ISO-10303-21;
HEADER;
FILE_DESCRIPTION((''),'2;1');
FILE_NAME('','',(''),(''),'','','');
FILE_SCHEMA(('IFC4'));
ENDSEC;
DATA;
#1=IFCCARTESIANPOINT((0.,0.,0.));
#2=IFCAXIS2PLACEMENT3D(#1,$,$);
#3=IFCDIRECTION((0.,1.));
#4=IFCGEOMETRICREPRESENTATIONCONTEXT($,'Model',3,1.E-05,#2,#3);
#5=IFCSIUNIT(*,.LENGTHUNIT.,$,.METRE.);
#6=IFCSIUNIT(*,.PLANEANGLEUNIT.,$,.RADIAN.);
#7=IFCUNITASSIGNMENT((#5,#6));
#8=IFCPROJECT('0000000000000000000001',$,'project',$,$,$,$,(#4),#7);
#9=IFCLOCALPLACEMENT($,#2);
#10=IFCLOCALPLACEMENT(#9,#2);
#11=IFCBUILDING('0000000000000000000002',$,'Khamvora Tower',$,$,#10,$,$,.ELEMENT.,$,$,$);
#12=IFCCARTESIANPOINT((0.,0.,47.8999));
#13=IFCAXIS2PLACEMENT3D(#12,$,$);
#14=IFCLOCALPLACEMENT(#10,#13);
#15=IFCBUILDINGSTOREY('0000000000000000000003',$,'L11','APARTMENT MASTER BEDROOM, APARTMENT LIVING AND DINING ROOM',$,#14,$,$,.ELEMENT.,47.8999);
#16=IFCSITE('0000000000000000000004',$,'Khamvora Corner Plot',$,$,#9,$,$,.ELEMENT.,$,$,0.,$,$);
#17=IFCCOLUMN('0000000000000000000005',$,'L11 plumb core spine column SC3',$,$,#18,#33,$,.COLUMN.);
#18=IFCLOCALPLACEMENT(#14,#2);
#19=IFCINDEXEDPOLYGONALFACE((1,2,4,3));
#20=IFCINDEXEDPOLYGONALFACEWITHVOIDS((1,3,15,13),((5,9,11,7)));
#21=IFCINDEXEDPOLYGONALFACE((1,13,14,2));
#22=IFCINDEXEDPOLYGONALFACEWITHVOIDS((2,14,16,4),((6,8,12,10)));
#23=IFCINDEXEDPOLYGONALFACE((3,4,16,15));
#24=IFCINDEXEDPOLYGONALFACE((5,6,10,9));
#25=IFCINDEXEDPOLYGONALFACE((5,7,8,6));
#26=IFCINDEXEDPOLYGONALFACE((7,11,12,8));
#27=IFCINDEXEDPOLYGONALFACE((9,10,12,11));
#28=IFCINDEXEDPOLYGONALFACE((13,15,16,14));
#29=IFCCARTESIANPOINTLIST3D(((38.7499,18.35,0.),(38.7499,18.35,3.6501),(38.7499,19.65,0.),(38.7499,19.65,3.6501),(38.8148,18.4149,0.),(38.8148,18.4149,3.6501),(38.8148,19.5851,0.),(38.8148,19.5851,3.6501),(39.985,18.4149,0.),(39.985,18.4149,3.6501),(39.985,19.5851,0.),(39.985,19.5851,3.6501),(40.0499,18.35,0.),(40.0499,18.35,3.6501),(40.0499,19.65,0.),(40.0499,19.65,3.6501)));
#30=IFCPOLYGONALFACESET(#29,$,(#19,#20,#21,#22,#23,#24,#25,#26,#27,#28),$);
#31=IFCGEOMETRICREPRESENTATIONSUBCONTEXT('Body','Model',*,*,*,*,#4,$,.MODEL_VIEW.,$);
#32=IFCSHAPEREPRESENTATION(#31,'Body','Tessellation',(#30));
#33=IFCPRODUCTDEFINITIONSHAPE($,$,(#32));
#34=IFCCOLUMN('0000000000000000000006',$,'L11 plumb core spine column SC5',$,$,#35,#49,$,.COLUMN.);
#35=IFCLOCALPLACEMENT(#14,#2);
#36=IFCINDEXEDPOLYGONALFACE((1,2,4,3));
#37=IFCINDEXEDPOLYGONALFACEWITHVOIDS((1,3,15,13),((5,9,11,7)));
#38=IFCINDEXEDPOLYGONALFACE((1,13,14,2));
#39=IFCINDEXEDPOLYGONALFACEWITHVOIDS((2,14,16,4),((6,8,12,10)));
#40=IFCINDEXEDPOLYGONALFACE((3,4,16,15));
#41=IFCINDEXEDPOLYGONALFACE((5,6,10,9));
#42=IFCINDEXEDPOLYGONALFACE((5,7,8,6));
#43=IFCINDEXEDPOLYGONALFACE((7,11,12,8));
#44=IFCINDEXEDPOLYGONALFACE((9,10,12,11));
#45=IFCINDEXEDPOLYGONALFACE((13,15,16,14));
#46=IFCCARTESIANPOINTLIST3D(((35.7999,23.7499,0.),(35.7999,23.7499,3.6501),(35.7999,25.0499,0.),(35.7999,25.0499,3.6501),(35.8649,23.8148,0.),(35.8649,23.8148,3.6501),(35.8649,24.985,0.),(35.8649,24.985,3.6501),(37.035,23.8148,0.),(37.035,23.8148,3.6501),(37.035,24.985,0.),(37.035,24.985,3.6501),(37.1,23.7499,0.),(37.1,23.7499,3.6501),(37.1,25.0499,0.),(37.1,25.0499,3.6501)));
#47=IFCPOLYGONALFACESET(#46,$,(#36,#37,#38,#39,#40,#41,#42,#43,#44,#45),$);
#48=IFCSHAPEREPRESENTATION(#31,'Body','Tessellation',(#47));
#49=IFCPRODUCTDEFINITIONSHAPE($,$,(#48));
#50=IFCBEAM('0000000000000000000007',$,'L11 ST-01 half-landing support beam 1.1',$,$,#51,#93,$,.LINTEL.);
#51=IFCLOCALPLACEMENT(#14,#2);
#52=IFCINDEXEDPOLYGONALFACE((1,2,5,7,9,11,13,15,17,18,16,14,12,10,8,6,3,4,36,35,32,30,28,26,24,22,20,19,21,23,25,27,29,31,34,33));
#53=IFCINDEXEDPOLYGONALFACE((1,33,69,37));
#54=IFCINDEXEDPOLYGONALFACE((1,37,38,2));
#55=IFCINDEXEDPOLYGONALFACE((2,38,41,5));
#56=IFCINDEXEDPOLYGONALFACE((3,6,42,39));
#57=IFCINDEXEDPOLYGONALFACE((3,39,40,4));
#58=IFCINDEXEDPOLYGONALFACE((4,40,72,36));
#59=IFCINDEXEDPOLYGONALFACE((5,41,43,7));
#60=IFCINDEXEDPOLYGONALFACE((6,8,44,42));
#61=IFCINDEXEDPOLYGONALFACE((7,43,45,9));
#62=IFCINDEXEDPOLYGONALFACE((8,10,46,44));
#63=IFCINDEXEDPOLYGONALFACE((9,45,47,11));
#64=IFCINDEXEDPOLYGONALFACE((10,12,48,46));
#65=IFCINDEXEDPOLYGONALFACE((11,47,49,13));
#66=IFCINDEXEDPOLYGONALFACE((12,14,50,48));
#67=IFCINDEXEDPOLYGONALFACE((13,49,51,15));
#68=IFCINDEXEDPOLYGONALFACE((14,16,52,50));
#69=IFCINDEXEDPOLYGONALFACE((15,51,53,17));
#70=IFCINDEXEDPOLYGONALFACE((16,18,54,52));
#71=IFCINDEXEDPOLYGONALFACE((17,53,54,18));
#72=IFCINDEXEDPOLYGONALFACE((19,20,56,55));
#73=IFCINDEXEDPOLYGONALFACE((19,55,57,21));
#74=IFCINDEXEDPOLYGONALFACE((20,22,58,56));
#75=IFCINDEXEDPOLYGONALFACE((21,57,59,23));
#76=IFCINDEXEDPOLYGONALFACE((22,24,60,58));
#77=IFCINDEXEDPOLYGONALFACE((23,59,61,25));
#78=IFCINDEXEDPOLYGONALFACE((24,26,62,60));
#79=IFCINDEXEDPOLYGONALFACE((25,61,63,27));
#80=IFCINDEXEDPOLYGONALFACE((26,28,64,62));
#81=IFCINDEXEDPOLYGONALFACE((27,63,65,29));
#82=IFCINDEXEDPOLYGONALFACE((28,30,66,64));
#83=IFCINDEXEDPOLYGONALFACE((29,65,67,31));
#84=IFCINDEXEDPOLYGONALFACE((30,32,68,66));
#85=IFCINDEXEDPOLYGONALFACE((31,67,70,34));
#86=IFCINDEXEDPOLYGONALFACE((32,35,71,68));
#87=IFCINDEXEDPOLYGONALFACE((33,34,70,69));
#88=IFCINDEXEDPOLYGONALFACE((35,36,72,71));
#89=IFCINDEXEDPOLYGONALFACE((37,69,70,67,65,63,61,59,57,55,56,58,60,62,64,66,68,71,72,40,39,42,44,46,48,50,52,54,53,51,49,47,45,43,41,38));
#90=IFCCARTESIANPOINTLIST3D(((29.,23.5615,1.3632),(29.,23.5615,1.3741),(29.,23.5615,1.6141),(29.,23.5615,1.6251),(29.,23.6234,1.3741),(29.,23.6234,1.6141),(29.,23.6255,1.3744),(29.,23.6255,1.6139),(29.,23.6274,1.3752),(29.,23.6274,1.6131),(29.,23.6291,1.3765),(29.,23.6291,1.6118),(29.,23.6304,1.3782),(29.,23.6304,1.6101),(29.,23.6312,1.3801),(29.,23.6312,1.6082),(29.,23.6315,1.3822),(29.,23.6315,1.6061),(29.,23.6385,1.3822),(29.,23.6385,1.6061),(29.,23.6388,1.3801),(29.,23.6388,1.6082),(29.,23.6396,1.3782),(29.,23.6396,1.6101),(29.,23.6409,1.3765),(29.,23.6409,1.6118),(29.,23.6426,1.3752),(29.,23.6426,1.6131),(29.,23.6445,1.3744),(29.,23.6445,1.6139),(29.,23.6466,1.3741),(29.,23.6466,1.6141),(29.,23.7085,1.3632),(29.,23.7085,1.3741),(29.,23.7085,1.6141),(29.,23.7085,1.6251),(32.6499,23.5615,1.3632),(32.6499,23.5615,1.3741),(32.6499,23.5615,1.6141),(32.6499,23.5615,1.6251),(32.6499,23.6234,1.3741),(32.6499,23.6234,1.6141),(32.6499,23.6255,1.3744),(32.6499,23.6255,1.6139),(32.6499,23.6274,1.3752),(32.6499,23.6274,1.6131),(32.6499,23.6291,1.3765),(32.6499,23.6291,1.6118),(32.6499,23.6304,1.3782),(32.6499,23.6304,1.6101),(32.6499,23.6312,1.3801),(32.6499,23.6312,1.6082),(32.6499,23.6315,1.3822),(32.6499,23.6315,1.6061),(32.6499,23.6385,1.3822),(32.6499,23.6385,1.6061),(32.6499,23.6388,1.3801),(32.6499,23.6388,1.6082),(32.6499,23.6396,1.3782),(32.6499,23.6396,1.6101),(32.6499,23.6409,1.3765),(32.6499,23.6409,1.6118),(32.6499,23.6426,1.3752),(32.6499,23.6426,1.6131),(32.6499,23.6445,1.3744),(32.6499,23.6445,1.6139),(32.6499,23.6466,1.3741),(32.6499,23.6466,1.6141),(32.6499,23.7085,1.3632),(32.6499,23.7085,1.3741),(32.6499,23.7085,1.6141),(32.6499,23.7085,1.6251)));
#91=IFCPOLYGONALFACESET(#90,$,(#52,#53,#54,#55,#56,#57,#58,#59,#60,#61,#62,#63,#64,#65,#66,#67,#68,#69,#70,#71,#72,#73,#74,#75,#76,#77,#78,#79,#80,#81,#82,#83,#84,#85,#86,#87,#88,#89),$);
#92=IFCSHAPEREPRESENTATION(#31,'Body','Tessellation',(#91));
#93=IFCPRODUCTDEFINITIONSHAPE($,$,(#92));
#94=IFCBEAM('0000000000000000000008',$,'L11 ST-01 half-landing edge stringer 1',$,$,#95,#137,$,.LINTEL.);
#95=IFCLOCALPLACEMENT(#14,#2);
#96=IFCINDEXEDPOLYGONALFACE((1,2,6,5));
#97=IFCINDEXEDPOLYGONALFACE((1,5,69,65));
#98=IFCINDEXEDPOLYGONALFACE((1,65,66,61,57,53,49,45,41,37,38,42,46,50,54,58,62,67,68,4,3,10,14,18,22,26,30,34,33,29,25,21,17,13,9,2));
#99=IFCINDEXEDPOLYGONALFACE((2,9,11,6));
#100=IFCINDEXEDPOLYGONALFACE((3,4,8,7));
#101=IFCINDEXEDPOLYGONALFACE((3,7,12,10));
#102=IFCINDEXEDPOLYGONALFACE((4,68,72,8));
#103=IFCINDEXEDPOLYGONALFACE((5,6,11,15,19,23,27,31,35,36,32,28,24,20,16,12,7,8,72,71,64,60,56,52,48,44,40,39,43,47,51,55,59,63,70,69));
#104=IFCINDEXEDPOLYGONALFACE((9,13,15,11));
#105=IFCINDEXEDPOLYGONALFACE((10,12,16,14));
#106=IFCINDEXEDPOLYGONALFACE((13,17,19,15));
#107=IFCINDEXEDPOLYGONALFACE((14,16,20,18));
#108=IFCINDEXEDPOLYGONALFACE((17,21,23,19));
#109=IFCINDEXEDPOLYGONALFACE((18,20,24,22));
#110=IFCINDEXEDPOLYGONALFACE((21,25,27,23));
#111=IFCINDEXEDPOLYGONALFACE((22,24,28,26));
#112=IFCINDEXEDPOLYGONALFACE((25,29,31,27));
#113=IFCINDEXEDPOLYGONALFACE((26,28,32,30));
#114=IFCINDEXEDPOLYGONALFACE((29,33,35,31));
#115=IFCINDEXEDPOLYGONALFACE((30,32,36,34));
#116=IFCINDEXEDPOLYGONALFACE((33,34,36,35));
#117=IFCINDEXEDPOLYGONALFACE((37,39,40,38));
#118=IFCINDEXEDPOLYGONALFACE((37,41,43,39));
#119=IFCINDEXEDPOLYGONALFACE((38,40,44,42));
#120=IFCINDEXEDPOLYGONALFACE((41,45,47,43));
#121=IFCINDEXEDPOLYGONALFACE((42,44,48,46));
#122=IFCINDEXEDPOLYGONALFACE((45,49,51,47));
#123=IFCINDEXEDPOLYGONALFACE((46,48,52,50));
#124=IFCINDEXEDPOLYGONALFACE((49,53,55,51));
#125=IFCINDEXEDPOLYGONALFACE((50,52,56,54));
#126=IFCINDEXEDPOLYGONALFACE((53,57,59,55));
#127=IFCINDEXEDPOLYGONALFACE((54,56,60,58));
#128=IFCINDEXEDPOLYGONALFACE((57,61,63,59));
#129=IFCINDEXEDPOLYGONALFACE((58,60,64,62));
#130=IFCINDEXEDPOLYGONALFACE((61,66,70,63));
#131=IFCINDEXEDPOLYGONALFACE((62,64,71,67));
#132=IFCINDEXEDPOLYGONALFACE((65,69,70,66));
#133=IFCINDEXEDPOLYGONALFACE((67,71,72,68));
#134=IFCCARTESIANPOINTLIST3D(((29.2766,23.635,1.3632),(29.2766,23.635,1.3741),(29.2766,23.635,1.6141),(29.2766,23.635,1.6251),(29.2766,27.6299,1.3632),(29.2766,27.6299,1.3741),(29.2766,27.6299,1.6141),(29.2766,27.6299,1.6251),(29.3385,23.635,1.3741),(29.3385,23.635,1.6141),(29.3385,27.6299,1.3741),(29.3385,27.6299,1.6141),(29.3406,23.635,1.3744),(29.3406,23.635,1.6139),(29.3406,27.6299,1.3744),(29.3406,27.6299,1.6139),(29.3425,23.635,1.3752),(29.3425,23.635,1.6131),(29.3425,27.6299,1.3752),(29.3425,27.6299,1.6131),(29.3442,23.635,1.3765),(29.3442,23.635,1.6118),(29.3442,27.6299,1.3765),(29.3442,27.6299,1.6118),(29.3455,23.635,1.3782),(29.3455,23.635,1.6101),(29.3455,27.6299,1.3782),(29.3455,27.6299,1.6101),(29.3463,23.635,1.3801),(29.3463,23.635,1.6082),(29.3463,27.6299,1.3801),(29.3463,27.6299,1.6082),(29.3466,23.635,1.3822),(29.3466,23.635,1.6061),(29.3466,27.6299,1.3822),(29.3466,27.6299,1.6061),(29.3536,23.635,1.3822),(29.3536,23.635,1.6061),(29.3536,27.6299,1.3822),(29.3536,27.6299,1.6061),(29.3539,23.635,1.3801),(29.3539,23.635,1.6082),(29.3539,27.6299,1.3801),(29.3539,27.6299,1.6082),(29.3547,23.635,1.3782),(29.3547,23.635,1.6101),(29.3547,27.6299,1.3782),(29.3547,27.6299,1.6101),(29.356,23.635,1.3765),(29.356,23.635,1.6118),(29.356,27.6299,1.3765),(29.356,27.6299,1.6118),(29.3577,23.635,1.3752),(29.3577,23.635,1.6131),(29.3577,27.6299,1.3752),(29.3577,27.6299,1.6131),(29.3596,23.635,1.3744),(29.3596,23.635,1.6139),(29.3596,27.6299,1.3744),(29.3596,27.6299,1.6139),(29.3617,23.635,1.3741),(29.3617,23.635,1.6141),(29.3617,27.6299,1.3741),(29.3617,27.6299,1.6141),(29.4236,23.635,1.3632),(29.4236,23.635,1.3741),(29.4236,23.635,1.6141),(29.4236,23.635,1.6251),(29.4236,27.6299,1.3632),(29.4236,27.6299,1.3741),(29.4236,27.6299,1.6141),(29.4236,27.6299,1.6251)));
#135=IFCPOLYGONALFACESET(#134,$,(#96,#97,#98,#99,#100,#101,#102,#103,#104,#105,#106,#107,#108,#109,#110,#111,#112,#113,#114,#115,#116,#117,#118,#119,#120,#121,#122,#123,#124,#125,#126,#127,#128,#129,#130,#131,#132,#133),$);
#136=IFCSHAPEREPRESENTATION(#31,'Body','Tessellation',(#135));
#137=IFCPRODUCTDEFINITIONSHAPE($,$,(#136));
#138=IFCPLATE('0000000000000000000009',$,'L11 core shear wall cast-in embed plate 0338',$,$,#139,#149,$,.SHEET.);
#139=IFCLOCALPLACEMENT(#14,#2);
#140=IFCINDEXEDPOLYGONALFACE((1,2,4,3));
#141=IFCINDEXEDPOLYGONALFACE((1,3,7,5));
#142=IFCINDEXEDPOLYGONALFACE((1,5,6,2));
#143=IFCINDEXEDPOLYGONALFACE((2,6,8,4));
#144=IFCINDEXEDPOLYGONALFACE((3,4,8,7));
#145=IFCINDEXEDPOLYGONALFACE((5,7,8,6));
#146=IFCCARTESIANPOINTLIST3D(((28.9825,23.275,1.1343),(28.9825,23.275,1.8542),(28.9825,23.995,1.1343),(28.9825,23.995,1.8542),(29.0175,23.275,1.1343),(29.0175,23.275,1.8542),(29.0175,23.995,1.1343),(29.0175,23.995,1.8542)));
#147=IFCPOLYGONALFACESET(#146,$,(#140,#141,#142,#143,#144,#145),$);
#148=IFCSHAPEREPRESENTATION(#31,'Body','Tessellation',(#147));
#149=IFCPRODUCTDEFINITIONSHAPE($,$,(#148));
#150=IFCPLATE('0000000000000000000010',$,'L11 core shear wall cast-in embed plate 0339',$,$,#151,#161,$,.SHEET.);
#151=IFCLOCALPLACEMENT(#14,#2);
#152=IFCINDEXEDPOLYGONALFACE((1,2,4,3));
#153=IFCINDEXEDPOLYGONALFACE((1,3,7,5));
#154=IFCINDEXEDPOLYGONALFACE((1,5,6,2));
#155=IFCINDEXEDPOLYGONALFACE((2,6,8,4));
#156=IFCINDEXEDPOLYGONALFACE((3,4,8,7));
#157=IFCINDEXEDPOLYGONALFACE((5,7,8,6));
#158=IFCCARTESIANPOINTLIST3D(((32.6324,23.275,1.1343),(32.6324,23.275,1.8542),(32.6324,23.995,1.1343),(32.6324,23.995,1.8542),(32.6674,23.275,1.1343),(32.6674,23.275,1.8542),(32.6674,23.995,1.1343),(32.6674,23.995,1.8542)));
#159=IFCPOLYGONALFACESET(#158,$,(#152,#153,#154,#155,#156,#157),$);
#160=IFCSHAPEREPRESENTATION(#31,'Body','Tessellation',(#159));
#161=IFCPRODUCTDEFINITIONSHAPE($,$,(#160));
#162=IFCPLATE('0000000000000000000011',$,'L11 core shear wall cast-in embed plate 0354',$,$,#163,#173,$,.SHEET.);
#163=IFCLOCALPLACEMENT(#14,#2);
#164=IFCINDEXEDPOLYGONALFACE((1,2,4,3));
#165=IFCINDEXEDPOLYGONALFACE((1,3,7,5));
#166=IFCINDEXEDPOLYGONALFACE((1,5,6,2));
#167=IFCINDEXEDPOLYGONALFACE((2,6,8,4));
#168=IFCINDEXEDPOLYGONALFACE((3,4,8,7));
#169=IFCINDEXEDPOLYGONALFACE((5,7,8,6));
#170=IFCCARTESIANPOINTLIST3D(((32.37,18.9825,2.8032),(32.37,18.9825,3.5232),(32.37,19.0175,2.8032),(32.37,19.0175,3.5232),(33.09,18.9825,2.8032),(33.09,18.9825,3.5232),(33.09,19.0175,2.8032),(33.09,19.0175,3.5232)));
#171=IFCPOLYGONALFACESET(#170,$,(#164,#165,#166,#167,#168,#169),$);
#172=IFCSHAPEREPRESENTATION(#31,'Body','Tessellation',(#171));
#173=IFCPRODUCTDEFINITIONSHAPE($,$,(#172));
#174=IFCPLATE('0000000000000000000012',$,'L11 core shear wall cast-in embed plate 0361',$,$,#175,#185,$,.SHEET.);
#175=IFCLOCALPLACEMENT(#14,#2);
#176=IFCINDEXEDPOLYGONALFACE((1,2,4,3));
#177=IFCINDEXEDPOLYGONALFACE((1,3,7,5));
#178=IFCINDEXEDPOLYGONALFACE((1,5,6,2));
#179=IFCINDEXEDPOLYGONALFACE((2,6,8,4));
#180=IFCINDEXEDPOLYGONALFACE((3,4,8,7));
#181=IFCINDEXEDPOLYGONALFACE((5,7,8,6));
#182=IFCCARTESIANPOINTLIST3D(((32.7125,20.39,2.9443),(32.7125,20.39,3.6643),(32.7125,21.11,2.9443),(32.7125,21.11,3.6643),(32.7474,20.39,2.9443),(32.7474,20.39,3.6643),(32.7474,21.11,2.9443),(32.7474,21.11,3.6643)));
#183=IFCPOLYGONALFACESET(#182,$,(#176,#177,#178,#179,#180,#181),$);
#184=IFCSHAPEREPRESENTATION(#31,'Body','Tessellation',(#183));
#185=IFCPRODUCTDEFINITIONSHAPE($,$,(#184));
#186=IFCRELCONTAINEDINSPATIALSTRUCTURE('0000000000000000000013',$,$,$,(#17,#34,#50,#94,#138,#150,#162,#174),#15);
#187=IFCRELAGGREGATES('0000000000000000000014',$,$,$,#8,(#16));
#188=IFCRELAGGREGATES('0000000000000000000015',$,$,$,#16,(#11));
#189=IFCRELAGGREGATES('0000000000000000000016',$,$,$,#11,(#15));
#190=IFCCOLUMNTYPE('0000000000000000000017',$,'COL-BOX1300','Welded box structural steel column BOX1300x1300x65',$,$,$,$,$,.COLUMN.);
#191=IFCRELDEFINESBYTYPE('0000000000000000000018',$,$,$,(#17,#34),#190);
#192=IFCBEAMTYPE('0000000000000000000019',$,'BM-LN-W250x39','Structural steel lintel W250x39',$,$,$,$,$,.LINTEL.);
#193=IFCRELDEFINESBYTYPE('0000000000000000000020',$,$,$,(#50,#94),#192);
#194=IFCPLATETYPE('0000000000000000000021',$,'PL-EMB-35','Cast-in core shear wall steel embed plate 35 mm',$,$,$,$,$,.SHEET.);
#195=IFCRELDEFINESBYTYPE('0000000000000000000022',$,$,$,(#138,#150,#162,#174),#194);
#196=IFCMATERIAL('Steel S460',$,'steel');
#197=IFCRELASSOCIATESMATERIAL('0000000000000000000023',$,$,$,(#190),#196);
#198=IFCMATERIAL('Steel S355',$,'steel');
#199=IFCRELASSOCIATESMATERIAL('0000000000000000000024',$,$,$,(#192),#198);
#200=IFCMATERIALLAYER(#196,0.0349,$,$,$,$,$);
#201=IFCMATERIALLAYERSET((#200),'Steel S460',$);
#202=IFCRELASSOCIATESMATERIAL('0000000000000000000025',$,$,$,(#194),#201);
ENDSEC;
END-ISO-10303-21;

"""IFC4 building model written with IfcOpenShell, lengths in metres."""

from ifc_helpers import new_model, si_unit, direction, frame, origin, origin_2d, place, context, subcontext, project, spatial, rectangle, hollow_rectangle, i_section, extrude, material, layer, layer_set, material_profile, profile_set, type_object, element, save


model = new_model("IFC4")

# Units and contexts
model_context = context("Model", 3, precision=1e-05, world=origin(), true_north=direction((0.0, 1.0)))
body_context = subcontext(model_context, "Body", "Model", "MODEL_VIEW")
ifc_project = project(units=[si_unit("LENGTHUNIT", "METRE"), si_unit("PLANEANGLEUNIT", "RADIAN")], contexts=[model_context])

# Site, building, storey
site_placement = place(None, origin())
site = spatial("IfcSite", under=ifc_project, at=site_placement, Name="Khamvora Corner Plot", CompositionType="ELEMENT", RefElevation=0.0)
building_placement = place(site_placement, origin())
building = spatial("IfcBuilding", under=site, at=building_placement, Name="Khamvora Tower", CompositionType="ELEMENT")
storey_placement = place(building_placement, frame((0.0, 0.0, 47.8999)))
storey = spatial("IfcBuildingStorey", under=building, at=storey_placement, Name="L11", Description="APARTMENT MASTER BEDROOM, APARTMENT LIVING AND DINING ROOM", CompositionType="ELEMENT", Elevation=47.8999)

# Columns
ifc_material_1 = material(Name="Steel S460", Category="steel")
ifc_material_profile_1 = material_profile(ifc_material_1, hollow_rectangle(XDim=1.3, YDim=1.3, WallThickness=0.0649, at=origin_2d()), Name="BOX1300x1300x65")
ifc_profile_set_1 = profile_set([ifc_material_profile_1], Name="Steel S460")
column_type = type_object("IfcColumnType", Name="COL-BOX1300", Description="Welded box structural steel column BOX1300x1300x65", PredefinedType="COLUMN", material=ifc_profile_set_1)
for number, where, z_axis, x_axis, name in (
    (1, (39.3999, 19.0, 0.0), (0.0, 0.0, 1.0), (1.0, 0.0, 0.0), "L11 plumb core spine column SC3"),
    (2, (36.45, 24.3999, 0.0), (0.0, 0.0, 1.0), (1.0, 0.0, 0.0), "L11 plumb core spine column SC5"),
):
    element("IfcColumn", number, at=place(storey_placement, frame(where, z_axis=z_axis, x_axis=x_axis)), inside=storey, type_object=column_type, Name=name, PredefinedType="COLUMN", context=body_context, shape_type="SweptSolid", body=[
        extrude(hollow_rectangle(XDim=1.3, YDim=1.3, WallThickness=0.0649, at=origin_2d()), origin(), (0.0, 0.0, 1.0), 3.6501),
    ])

# Beams
ifc_material_2 = material(Name="Steel S355", Category="steel")
ifc_material_profile_2 = material_profile(ifc_material_2, i_section(OverallWidth=0.147, OverallDepth=0.262, WebThickness=0.0071, FlangeThickness=0.011, FilletRadius=0.0081, at=origin_2d()), Name="W250x39")
ifc_profile_set_2 = profile_set([ifc_material_profile_2], Name="Steel S355")
beam_type = type_object("IfcBeamType", Name="BM-LN-W250x39", Description="Structural steel lintel W250x39", PredefinedType="LINTEL", material=ifc_profile_set_2)
beam_1_placement = place(storey_placement, frame((29.0, 23.635, 1.4941), z_axis=(1.0, 0.0, 0.0), x_axis=(0.0, 1.0, 0.0)))
element("IfcBeam", 3, at=beam_1_placement, inside=storey, type_object=beam_type, Name="L11 ST-01 half-landing support beam 1.1", PredefinedType="LINTEL", context=body_context, shape_type="SweptSolid", body=[
    extrude(i_section(OverallWidth=0.147, OverallDepth=0.262, WebThickness=0.0071, FlangeThickness=0.011, FilletRadius=0.0081, at=origin_2d()), origin(), (0.0, 0.0, 1.0), 3.6499),
])
beam_2_placement = place(storey_placement, frame((29.3501, 23.635, 1.4941), z_axis=(0.0, 1.0, 0.0), x_axis=(-1.0, 0.0, 0.0)))
element("IfcBeam", 4, at=beam_2_placement, inside=storey, type_object=beam_type, Name="L11 ST-01 half-landing edge stringer 1", PredefinedType="LINTEL", context=body_context, shape_type="SweptSolid", body=[
    extrude(i_section(OverallWidth=0.147, OverallDepth=0.262, WebThickness=0.0071, FlangeThickness=0.011, FilletRadius=0.0081, at=origin_2d()), origin(), (0.0, 0.0, 1.0), 3.9949),
])

# Plates
ifc_layer_1 = layer(ifc_material_1, 0.0349)
ifc_layer_set_1 = layer_set([ifc_layer_1], Name="Steel S460")
plate_type = type_object("IfcPlateType", Name="PL-EMB-35", Description="Cast-in core shear wall steel embed plate 35 mm", PredefinedType="SHEET", material=ifc_layer_set_1)
for number, where, z_axis, x_axis, name in (
    (5, (29.0, 23.635, 1.1343), (0.0, 0.0, 1.0), (1.0, 0.0, 0.0), "L11 core shear wall cast-in embed plate 0338"),
    (6, (32.6499, 23.635, 1.1343), (0.0, 0.0, 1.0), (1.0, 0.0, 0.0), "L11 core shear wall cast-in embed plate 0339"),
):
    element("IfcPlate", number, at=place(storey_placement, frame(where, z_axis=z_axis, x_axis=x_axis)), inside=storey, type_object=plate_type, Name=name, PredefinedType="SHEET", context=body_context, shape_type="SweptSolid", body=[
        extrude(rectangle(XDim=0.0349, YDim=0.72, at=origin_2d()), origin(), (0.0, 0.0, 1.0), 0.72),
    ])
plate_1_placement = place(storey_placement, frame((32.73, 19.0, 2.8032), z_axis=(0.0, 0.0, 1.0), x_axis=(1.0, 0.0, 0.0)))
element("IfcPlate", 7, at=plate_1_placement, inside=storey, type_object=plate_type, Name="L11 core shear wall cast-in embed plate 0354", PredefinedType="SHEET", context=body_context, shape_type="SweptSolid", body=[
    extrude(rectangle(XDim=0.72, YDim=0.0349, at=origin_2d()), origin(), (0.0, 0.0, 1.0), 0.72),
])
plate_2_placement = place(storey_placement, frame((32.73, 20.75, 2.9443), z_axis=(0.0, 0.0, 1.0), x_axis=(1.0, 0.0, 0.0)))
element("IfcPlate", 8, at=plate_2_placement, inside=storey, type_object=plate_type, Name="L11 core shear wall cast-in embed plate 0361", PredefinedType="SHEET", context=body_context, shape_type="SweptSolid", body=[
    extrude(rectangle(XDim=0.0349, YDim=0.72, at=origin_2d()), origin(), (0.0, 0.0, 1.0), 0.72),
])

save(model, "model.ifc")
